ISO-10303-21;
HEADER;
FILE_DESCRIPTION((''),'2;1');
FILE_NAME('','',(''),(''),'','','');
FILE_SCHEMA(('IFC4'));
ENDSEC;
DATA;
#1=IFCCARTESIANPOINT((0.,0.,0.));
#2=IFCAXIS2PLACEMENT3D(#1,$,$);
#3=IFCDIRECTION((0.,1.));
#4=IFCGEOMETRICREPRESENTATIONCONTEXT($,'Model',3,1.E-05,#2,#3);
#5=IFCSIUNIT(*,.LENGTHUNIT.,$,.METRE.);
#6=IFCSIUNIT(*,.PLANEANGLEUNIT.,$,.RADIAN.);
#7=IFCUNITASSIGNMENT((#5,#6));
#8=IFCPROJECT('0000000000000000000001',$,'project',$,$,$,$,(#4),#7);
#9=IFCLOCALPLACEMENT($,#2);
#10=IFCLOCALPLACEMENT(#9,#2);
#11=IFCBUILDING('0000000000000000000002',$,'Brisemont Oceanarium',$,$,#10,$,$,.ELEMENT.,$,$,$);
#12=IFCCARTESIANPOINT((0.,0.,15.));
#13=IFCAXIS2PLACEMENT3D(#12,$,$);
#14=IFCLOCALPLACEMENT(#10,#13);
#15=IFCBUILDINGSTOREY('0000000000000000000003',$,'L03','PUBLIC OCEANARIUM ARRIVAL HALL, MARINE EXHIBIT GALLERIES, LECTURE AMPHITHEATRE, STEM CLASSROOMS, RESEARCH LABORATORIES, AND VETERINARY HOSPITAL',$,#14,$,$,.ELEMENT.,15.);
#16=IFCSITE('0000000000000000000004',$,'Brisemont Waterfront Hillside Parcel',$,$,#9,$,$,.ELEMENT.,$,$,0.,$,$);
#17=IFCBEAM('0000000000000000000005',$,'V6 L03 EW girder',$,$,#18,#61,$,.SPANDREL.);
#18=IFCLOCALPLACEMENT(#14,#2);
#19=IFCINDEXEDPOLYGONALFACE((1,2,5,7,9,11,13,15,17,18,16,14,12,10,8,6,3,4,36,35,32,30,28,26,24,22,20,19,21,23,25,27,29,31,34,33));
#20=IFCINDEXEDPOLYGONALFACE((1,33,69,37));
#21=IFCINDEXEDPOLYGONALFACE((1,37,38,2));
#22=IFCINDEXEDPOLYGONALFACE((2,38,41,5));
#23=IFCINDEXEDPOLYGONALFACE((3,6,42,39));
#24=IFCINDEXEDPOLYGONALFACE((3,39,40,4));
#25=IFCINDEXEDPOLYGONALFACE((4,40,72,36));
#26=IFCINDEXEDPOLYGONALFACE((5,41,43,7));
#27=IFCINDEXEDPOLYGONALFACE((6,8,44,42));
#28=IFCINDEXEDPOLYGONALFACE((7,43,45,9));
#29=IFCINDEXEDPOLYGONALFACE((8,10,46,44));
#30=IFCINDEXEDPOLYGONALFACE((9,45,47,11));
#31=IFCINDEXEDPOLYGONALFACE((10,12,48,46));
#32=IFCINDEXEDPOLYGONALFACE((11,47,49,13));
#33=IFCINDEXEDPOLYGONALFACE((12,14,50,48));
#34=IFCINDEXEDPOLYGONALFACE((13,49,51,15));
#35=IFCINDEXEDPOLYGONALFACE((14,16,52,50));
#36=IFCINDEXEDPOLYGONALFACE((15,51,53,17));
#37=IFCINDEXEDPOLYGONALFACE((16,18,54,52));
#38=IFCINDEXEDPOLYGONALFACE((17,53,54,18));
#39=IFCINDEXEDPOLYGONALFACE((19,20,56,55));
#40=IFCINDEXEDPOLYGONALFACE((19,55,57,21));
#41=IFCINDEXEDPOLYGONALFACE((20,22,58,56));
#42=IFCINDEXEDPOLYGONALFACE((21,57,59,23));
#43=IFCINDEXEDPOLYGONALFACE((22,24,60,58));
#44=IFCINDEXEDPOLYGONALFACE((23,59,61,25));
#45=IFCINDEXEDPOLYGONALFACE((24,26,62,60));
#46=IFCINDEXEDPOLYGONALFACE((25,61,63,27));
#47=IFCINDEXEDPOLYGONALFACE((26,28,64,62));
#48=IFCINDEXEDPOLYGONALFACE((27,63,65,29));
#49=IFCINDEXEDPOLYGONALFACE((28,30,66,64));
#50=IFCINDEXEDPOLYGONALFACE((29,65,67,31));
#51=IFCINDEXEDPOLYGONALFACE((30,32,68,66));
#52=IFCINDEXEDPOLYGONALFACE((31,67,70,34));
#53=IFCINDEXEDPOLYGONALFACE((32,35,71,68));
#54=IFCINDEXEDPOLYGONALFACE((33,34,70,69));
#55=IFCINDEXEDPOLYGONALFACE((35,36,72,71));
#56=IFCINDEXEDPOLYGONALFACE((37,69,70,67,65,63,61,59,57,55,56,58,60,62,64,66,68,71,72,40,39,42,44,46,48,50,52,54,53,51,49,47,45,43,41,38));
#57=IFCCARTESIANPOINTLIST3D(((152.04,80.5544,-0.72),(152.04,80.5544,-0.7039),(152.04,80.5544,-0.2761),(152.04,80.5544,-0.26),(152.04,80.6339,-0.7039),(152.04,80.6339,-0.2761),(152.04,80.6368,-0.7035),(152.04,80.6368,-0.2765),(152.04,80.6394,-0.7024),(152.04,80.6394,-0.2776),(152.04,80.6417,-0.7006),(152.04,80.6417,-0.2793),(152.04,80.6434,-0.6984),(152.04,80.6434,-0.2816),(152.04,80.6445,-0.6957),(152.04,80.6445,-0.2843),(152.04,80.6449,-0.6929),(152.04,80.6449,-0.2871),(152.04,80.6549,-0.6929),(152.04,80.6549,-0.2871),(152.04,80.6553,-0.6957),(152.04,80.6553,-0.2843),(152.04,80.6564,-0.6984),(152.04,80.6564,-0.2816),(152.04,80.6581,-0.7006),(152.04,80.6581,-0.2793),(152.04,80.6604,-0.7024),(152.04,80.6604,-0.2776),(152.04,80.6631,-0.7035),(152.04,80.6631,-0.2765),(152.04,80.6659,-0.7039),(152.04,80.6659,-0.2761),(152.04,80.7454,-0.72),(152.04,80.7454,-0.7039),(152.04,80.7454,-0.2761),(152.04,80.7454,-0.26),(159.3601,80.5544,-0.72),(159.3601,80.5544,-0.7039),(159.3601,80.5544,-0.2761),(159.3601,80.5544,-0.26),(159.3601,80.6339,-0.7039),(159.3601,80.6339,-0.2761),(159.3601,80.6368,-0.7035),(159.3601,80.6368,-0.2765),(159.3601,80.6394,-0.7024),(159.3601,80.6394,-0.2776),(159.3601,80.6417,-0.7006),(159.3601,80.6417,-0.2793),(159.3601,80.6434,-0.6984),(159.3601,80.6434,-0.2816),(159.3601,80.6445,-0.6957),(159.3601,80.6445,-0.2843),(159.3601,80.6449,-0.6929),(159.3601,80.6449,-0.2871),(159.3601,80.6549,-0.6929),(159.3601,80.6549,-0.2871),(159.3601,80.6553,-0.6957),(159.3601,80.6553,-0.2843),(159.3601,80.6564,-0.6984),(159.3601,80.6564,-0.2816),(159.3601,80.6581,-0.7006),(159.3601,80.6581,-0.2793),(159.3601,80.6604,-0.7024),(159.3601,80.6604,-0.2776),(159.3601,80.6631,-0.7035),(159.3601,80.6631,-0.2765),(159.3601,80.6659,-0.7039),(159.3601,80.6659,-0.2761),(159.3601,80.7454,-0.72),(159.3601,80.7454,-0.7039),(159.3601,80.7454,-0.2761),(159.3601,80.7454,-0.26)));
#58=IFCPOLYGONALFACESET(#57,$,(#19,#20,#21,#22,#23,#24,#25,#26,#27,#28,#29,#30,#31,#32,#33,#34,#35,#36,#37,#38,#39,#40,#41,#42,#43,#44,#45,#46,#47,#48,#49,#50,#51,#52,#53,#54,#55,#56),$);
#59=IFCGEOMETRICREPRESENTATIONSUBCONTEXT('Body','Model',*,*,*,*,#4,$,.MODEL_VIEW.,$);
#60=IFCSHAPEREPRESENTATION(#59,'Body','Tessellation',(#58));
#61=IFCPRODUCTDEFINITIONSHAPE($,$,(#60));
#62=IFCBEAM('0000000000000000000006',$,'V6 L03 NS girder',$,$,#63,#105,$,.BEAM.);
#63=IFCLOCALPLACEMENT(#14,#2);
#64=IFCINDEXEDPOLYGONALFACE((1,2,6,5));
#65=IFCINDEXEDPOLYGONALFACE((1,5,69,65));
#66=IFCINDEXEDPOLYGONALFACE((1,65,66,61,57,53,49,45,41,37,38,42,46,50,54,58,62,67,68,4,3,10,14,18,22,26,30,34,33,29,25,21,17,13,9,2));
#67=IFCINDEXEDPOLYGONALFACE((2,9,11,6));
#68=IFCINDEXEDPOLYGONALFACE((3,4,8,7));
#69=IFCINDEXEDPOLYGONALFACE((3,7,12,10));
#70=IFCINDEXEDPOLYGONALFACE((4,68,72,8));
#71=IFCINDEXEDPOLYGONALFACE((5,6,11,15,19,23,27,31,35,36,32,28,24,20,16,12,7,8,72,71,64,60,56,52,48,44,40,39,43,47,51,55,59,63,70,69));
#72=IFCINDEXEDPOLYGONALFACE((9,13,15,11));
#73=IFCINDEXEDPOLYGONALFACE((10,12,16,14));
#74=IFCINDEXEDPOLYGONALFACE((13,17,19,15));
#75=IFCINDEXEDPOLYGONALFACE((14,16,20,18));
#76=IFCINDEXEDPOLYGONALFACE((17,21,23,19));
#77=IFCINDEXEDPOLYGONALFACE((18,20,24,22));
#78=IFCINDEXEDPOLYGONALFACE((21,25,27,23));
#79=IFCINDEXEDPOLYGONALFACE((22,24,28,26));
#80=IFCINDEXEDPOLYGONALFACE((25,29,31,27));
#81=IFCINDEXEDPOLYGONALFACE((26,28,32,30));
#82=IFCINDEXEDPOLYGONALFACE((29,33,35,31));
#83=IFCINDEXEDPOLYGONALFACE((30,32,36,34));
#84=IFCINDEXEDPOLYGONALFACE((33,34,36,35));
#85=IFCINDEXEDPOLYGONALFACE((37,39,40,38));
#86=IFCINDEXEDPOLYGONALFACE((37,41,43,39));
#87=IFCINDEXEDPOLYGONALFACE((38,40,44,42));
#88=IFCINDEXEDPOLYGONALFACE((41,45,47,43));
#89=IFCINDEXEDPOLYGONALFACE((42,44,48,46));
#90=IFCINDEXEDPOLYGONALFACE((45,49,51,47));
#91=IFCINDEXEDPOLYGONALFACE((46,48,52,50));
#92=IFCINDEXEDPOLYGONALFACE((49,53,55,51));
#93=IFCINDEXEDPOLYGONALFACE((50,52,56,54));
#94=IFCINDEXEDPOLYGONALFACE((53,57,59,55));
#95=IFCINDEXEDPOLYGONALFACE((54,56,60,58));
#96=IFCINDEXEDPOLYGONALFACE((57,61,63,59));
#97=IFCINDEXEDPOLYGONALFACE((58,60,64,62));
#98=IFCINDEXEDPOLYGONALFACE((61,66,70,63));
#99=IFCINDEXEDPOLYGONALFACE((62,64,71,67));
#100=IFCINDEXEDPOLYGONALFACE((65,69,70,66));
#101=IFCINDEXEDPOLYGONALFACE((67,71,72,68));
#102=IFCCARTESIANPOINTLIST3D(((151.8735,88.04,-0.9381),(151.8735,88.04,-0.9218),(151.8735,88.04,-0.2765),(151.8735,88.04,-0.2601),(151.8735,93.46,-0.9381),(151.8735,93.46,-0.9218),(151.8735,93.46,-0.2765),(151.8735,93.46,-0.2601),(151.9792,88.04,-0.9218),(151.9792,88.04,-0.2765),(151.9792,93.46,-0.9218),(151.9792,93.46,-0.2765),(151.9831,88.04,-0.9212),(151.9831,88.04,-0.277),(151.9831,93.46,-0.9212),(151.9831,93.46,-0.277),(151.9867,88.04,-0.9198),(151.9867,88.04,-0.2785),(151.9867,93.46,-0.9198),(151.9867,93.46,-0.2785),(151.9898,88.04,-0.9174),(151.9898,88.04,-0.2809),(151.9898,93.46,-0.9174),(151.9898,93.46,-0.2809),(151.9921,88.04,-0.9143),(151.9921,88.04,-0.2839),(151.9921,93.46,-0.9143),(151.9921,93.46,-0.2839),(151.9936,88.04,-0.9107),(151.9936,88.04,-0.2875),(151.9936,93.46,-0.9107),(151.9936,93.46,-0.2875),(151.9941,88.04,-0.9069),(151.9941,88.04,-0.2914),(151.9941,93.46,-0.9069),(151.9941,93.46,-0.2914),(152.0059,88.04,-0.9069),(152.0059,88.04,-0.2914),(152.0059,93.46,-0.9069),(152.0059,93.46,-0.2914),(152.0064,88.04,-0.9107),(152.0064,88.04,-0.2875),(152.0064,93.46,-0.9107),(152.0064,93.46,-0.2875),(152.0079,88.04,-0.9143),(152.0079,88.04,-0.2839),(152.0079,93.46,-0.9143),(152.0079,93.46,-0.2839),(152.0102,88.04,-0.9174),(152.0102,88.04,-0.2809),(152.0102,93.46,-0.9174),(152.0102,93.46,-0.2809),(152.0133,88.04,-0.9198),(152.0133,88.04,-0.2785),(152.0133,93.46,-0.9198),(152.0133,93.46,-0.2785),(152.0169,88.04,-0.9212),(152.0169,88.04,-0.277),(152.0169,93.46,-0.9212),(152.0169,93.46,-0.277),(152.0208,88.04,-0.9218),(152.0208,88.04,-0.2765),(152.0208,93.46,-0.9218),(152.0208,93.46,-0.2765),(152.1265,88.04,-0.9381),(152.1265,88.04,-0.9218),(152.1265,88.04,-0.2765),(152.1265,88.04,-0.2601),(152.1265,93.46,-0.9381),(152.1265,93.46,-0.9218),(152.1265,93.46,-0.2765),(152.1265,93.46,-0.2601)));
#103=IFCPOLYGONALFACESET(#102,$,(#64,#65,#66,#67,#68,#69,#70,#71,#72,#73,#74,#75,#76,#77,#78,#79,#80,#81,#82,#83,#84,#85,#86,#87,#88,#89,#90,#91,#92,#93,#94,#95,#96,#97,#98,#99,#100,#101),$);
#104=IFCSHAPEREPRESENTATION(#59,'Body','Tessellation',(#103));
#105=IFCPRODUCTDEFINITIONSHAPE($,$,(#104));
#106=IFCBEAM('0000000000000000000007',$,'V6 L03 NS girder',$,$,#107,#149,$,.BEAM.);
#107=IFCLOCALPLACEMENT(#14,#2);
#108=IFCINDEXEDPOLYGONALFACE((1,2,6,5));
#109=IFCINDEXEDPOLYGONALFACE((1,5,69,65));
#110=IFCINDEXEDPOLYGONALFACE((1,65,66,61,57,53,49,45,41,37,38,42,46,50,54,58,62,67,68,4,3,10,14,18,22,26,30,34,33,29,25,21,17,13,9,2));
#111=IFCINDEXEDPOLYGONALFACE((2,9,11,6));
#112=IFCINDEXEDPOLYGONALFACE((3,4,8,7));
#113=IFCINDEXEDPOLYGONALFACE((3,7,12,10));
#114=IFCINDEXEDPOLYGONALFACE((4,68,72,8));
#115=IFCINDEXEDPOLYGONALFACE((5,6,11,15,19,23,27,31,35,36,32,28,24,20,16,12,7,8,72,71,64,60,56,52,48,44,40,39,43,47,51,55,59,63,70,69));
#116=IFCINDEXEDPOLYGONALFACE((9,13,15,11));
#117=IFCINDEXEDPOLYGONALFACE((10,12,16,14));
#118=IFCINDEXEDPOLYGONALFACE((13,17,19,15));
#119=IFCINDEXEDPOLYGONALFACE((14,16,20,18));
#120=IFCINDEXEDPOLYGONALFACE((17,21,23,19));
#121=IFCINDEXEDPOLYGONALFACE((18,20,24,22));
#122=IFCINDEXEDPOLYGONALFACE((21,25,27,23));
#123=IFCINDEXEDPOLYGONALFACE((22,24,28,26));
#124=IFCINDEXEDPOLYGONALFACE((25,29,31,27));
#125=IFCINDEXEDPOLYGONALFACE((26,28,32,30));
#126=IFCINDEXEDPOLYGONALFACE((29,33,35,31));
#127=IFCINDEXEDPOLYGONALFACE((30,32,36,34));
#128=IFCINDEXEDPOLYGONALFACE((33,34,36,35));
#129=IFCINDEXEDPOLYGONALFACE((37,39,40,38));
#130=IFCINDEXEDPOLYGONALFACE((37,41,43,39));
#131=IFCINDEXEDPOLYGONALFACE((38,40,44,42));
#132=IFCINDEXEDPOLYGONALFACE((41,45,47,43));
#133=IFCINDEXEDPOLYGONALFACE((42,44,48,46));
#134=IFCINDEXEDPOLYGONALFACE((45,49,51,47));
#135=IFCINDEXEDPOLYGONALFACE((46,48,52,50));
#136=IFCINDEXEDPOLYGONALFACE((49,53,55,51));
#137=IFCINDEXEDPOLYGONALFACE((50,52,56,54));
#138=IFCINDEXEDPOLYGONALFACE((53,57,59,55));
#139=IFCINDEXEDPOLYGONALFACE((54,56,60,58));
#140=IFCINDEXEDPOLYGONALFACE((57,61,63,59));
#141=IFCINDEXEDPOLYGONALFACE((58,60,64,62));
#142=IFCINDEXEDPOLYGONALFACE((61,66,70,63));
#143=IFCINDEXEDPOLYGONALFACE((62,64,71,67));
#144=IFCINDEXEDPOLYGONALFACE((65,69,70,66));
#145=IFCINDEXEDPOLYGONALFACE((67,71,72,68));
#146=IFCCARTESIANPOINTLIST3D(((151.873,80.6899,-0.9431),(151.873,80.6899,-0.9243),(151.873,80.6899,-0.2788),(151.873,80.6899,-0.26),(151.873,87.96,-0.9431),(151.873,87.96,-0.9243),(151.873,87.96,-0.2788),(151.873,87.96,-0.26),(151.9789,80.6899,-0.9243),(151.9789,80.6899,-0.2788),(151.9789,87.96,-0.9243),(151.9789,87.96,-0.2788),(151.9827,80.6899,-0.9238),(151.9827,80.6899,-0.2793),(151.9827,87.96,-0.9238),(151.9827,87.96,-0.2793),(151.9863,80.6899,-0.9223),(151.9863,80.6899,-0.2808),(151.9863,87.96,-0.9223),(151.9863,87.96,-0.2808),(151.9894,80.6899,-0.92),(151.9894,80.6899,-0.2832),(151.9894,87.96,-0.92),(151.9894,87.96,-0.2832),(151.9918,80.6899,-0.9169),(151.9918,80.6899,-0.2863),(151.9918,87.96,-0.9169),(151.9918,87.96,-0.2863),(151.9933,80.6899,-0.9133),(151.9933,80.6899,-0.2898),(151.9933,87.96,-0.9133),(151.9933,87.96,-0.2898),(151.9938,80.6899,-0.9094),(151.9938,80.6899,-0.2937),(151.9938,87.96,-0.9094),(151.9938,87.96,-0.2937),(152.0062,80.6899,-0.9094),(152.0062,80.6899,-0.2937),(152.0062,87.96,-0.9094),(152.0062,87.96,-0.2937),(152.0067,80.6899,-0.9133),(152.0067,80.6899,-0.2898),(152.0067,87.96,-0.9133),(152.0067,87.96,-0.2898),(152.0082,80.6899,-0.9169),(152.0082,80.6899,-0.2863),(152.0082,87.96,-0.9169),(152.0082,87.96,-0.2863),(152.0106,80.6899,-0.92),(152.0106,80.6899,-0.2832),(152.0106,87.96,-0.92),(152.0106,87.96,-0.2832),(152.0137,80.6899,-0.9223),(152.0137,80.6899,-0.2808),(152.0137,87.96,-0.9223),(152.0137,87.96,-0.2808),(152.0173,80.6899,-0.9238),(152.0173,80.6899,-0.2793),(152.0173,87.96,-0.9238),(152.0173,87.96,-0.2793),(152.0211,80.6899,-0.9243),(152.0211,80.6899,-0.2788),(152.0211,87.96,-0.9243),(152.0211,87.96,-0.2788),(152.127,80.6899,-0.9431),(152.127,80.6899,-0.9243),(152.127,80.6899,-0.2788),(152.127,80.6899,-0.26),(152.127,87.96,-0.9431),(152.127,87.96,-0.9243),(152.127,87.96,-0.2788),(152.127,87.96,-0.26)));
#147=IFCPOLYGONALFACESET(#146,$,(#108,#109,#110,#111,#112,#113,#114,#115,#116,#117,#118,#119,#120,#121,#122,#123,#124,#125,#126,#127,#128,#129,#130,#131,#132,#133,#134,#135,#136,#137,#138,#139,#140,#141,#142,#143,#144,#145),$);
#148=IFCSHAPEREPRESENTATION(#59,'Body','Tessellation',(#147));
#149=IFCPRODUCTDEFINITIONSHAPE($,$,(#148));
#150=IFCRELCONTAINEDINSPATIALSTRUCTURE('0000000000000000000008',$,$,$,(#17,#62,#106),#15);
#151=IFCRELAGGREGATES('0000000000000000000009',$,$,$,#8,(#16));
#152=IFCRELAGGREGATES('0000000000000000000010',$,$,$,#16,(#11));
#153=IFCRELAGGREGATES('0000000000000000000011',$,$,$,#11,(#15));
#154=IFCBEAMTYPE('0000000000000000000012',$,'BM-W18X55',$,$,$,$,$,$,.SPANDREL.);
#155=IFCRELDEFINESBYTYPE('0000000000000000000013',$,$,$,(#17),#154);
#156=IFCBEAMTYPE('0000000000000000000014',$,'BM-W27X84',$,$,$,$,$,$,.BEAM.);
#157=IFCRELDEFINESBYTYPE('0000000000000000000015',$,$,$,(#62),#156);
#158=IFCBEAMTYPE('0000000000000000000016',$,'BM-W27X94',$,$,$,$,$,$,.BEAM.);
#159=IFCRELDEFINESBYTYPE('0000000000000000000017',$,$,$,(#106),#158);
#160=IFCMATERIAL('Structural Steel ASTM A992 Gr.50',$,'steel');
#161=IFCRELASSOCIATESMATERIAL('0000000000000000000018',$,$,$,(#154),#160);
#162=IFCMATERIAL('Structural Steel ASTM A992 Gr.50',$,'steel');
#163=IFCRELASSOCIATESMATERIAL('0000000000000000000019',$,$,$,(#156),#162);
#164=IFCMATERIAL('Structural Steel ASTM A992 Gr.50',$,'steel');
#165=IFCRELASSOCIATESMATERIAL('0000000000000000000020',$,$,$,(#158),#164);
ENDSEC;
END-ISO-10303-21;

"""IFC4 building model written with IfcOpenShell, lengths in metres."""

from ifc_helpers import new_model, si_unit, direction, frame, origin, origin_2d, place, context, subcontext, project, spatial, i_section, extrude, material, material_profile, profile_set, type_object, element, save


model = new_model("IFC4")

# Units and contexts
model_context = context("Model", 3, precision=1e-05, world=origin(), true_north=direction((0.0, 1.0)))
body_context = subcontext(model_context, "Body", "Model", "MODEL_VIEW")
ifc_project = project(units=[si_unit("LENGTHUNIT", "METRE"), si_unit("PLANEANGLEUNIT", "RADIAN")], contexts=[model_context])

# Site, building, storey
site_placement = place(None, origin())
site = spatial("IfcSite", under=ifc_project, at=site_placement, Name="Brisemont Waterfront Hillside Parcel", CompositionType="ELEMENT", RefElevation=0.0)
building_placement = place(site_placement, origin())
building = spatial("IfcBuilding", under=site, at=building_placement, Name="Brisemont Oceanarium", CompositionType="ELEMENT")
storey_placement = place(building_placement, frame((0.0, 0.0, 15.0)))
storey = spatial("IfcBuildingStorey", under=building, at=storey_placement, Name="L03", Description="PUBLIC OCEANARIUM ARRIVAL HALL, MARINE EXHIBIT GALLERIES, LECTURE AMPHITHEATRE, STEM CLASSROOMS, RESEARCH LABORATORIES, AND VETERINARY HOSPITAL", CompositionType="ELEMENT", Elevation=15.0)

# Beams
ifc_material_1 = material(Name="Structural Steel ASTM A992 Gr.50", Category="steel")
ifc_material_profile_1 = material_profile(ifc_material_1, i_section(OverallWidth=0.1909, OverallDepth=0.46, WebThickness=0.01, FlangeThickness=0.0161, FilletRadius=0.011, at=origin_2d()), Name="W18X55")
ifc_profile_set_1 = profile_set([ifc_material_profile_1], Name="Structural Steel ASTM A992 Gr.50")
beam_type_1 = type_object("IfcBeamType", Name="BM-W18X55", PredefinedType="SPANDREL", material=ifc_profile_set_1)
beam_1_placement = place(storey_placement, frame((152.04, 80.6499, -0.49), z_axis=(1.0, 0.0, 0.0), x_axis=(0.0, 1.0, 0.0)))
element("IfcBeam", 1, at=beam_1_placement, inside=storey, type_object=beam_type_1, Name="V6 L03 EW girder", PredefinedType="SPANDREL", context=body_context, shape_type="SweptSolid", body=[
    extrude(i_section(OverallWidth=0.1909, OverallDepth=0.46, WebThickness=0.01, FlangeThickness=0.0161, FilletRadius=0.011, at=origin_2d()), origin(), (0.0, 0.0, 1.0), 7.3201),
])
ifc_material_2 = material(Name="Structural Steel ASTM A992 Gr.50", Category="steel")
ifc_material_profile_2 = material_profile(ifc_material_2, i_section(OverallWidth=0.2529, OverallDepth=0.678, WebThickness=0.0117, FlangeThickness=0.0164, FilletRadius=0.0149, at=origin_2d()), Name="W27X84")
ifc_profile_set_2 = profile_set([ifc_material_profile_2], Name="Structural Steel ASTM A992 Gr.50")
beam_type_2 = type_object("IfcBeamType", Name="BM-W27X84", PredefinedType="BEAM", material=ifc_profile_set_2)
beam_2_placement = place(storey_placement, frame((152.0, 88.04, -0.5991), z_axis=(0.0, 1.0, 0.0), x_axis=(-1.0, 0.0, 0.0)))
element("IfcBeam", 2, at=beam_2_placement, inside=storey, type_object=beam_type_2, Name="V6 L03 NS girder", PredefinedType="BEAM", context=body_context, shape_type="SweptSolid", body=[
    extrude(i_section(OverallWidth=0.2529, OverallDepth=0.678, WebThickness=0.0117, FlangeThickness=0.0164, FilletRadius=0.0149, at=origin_2d()), origin(), (0.0, 0.0, 1.0), 5.4199),
])
ifc_material_3 = material(Name="Structural Steel ASTM A992 Gr.50", Category="steel")
ifc_material_profile_3 = material_profile(ifc_material_3, i_section(OverallWidth=0.2539, OverallDepth=0.6831, WebThickness=0.0125, FlangeThickness=0.0188, FilletRadius=0.0149, at=origin_2d()), Name="W27X94")
ifc_profile_set_3 = profile_set([ifc_material_profile_3], Name="Structural Steel ASTM A992 Gr.50")
beam_type_3 = type_object("IfcBeamType", Name="BM-W27X94", PredefinedType="BEAM", material=ifc_profile_set_3)
beam_3_placement = place(storey_placement, frame((152.0, 80.6899, -0.6016), z_axis=(0.0, 1.0, 0.0), x_axis=(-1.0, 0.0, 0.0)))
element("IfcBeam", 3, at=beam_3_placement, inside=storey, type_object=beam_type_3, Name="V6 L03 NS girder", PredefinedType="BEAM", context=body_context, shape_type="SweptSolid", body=[
    extrude(i_section(OverallWidth=0.2539, OverallDepth=0.6831, WebThickness=0.0125, FlangeThickness=0.0188, FilletRadius=0.0149, at=origin_2d()), origin(), (0.0, 0.0, 1.0), 7.27),
])

save(model, "model.ifc")
